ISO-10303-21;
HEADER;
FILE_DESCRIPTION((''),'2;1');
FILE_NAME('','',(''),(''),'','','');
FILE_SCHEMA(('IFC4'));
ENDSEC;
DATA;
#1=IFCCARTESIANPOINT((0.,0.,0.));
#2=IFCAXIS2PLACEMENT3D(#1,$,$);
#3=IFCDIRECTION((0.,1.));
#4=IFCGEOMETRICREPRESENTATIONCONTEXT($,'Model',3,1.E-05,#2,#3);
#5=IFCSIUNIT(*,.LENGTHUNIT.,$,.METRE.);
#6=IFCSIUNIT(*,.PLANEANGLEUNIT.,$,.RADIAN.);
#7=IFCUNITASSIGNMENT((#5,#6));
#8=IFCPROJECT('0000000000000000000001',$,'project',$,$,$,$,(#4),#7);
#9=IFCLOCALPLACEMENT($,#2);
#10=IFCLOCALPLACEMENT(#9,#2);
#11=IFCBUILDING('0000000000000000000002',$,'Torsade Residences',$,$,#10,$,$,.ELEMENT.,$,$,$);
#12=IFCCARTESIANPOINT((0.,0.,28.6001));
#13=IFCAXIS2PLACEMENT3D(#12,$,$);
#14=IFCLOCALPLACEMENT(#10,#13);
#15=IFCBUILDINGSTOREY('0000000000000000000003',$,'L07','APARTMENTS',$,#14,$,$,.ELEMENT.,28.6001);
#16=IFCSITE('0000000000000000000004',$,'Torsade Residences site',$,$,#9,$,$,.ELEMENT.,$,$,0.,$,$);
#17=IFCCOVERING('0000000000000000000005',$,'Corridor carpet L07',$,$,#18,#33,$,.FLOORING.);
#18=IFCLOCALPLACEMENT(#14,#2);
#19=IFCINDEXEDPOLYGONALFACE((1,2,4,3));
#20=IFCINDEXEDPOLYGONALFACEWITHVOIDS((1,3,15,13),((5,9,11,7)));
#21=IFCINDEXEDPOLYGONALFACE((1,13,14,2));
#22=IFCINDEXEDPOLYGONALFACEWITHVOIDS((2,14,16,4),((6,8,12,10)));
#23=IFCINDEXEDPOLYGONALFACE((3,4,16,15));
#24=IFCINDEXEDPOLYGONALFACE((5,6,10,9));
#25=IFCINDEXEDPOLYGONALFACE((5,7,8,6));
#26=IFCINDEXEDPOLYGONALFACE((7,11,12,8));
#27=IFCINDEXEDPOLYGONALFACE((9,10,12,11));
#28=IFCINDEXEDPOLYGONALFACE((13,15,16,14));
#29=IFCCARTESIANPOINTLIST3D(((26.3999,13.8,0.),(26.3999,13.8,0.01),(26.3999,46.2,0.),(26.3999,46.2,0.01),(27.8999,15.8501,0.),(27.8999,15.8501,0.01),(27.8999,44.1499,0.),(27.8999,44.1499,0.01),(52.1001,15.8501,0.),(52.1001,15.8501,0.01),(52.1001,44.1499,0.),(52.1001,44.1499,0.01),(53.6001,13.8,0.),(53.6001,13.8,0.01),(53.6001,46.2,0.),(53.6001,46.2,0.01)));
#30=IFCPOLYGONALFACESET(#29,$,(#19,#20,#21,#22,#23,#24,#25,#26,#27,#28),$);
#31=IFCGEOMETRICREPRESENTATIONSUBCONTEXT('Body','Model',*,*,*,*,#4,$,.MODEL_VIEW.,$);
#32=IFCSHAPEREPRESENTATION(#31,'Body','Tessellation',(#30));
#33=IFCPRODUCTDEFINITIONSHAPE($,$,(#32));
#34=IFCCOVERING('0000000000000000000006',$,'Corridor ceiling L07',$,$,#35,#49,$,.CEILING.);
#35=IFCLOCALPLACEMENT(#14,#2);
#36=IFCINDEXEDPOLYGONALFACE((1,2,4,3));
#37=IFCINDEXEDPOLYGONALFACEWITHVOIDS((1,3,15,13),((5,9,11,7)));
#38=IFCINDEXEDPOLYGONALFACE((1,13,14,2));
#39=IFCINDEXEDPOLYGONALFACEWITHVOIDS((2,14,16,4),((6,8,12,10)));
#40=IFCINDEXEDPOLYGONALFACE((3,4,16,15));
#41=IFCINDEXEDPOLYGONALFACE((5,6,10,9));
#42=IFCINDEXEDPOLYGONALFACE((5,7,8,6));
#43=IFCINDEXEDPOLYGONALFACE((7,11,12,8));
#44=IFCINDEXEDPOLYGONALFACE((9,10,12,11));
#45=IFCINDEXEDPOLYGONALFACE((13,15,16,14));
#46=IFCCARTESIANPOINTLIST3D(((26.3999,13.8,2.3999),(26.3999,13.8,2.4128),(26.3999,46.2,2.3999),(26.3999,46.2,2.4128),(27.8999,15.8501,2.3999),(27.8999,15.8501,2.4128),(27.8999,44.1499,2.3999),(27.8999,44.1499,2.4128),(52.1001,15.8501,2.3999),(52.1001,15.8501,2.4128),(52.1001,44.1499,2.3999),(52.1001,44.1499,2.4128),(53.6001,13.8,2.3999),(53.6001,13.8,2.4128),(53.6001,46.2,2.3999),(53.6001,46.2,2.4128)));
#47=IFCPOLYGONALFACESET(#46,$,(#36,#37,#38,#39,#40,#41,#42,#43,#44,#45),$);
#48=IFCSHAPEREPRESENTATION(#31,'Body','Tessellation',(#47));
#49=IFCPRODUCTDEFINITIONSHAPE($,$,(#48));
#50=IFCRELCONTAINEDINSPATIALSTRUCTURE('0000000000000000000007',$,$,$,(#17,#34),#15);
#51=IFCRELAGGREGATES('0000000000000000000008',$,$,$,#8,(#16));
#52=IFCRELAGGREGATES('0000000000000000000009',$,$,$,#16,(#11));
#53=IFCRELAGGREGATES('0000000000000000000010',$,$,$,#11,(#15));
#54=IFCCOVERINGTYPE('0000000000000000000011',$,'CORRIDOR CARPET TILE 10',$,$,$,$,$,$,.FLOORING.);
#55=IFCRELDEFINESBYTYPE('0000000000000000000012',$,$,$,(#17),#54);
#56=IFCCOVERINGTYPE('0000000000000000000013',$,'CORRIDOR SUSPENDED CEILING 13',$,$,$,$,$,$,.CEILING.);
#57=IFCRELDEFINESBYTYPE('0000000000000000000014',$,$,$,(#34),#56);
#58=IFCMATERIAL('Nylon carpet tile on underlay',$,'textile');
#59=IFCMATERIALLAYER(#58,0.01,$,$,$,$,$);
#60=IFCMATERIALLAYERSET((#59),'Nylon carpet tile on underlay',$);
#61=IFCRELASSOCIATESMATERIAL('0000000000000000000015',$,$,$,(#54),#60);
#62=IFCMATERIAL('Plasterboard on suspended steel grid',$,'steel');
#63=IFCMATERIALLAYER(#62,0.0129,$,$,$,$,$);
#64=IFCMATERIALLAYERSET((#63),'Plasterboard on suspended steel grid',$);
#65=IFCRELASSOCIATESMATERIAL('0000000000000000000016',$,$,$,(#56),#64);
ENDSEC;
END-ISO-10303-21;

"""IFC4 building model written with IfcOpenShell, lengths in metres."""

from ifc_helpers import new_model, si_unit, direction, frame, origin, place, context, subcontext, project, spatial, polyline, outline, extrude, material, layer, layer_set, type_object, element, save


model = new_model("IFC4")

# Units and contexts
model_context = context("Model", 3, precision=1e-05, world=origin(), true_north=direction((0.0, 1.0)))
body_context = subcontext(model_context, "Body", "Model", "MODEL_VIEW")
ifc_project = project(units=[si_unit("LENGTHUNIT", "METRE"), si_unit("PLANEANGLEUNIT", "RADIAN")], contexts=[model_context])

# Site, building, storey
site_placement = place(None, origin())
site = spatial("IfcSite", under=ifc_project, at=site_placement, Name="Torsade Residences site", CompositionType="ELEMENT", RefElevation=0.0)
building_placement = place(site_placement, origin())
building = spatial("IfcBuilding", under=site, at=building_placement, Name="Torsade Residences", CompositionType="ELEMENT")
storey_placement = place(building_placement, frame((0.0, 0.0, 28.6001)))
storey = spatial("IfcBuildingStorey", under=building, at=storey_placement, Name="L07", Description="APARTMENTS", CompositionType="ELEMENT", Elevation=28.6001)

# Coverings
ifc_material_1 = material(Name="Nylon carpet tile on underlay", Category="textile")
ifc_layer_1 = layer(ifc_material_1, 0.01)
ifc_layer_set_1 = layer_set([ifc_layer_1], Name="Nylon carpet tile on underlay")
covering_type_1 = type_object("IfcCoveringType", Name="CORRIDOR CARPET TILE 10", PredefinedType="FLOORING", material=ifc_layer_set_1)
covering_1_placement = place(storey_placement, origin())
element("IfcCovering", 1, at=covering_1_placement, inside=storey, type_object=covering_type_1, Name="Corridor carpet L07", PredefinedType="FLOORING", context=body_context, shape_type="SweptSolid", body=[
    extrude(outline(polyline([(26.3999, 46.2), (26.3999, 13.8), (53.6001, 13.8), (53.6001, 46.2), (26.3999, 46.2)]), holes=[polyline([(52.1001, 44.1499), (27.8999, 44.1499), (27.8999, 15.8501), (52.1001, 15.8501), (52.1001, 44.1499)])]), origin(), (0.0, 0.0, 1.0), 0.01),
])
ifc_material_2 = material(Name="Plasterboard on suspended steel grid", Category="steel")
ifc_layer_2 = layer(ifc_material_2, 0.0129)
ifc_layer_set_2 = layer_set([ifc_layer_2], Name="Plasterboard on suspended steel grid")
covering_type_2 = type_object("IfcCoveringType", Name="CORRIDOR SUSPENDED CEILING 13", PredefinedType="CEILING", material=ifc_layer_set_2)
covering_2_placement = place(storey_placement, frame((0.0, 0.0, 2.3999)))
element("IfcCovering", 2, at=covering_2_placement, inside=storey, type_object=covering_type_2, Name="Corridor ceiling L07", PredefinedType="CEILING", context=body_context, shape_type="SweptSolid", body=[
    extrude(outline(polyline([(26.3999, 46.2), (26.3999, 13.8), (53.6001, 13.8), (53.6001, 46.2), (26.3999, 46.2)]), holes=[polyline([(52.1001, 44.1499), (27.8999, 44.1499), (27.8999, 15.8501), (52.1001, 15.8501), (52.1001, 44.1499)])]), origin(), (0.0, 0.0, 1.0), 0.0129),
])

save(model, "model.ifc")
